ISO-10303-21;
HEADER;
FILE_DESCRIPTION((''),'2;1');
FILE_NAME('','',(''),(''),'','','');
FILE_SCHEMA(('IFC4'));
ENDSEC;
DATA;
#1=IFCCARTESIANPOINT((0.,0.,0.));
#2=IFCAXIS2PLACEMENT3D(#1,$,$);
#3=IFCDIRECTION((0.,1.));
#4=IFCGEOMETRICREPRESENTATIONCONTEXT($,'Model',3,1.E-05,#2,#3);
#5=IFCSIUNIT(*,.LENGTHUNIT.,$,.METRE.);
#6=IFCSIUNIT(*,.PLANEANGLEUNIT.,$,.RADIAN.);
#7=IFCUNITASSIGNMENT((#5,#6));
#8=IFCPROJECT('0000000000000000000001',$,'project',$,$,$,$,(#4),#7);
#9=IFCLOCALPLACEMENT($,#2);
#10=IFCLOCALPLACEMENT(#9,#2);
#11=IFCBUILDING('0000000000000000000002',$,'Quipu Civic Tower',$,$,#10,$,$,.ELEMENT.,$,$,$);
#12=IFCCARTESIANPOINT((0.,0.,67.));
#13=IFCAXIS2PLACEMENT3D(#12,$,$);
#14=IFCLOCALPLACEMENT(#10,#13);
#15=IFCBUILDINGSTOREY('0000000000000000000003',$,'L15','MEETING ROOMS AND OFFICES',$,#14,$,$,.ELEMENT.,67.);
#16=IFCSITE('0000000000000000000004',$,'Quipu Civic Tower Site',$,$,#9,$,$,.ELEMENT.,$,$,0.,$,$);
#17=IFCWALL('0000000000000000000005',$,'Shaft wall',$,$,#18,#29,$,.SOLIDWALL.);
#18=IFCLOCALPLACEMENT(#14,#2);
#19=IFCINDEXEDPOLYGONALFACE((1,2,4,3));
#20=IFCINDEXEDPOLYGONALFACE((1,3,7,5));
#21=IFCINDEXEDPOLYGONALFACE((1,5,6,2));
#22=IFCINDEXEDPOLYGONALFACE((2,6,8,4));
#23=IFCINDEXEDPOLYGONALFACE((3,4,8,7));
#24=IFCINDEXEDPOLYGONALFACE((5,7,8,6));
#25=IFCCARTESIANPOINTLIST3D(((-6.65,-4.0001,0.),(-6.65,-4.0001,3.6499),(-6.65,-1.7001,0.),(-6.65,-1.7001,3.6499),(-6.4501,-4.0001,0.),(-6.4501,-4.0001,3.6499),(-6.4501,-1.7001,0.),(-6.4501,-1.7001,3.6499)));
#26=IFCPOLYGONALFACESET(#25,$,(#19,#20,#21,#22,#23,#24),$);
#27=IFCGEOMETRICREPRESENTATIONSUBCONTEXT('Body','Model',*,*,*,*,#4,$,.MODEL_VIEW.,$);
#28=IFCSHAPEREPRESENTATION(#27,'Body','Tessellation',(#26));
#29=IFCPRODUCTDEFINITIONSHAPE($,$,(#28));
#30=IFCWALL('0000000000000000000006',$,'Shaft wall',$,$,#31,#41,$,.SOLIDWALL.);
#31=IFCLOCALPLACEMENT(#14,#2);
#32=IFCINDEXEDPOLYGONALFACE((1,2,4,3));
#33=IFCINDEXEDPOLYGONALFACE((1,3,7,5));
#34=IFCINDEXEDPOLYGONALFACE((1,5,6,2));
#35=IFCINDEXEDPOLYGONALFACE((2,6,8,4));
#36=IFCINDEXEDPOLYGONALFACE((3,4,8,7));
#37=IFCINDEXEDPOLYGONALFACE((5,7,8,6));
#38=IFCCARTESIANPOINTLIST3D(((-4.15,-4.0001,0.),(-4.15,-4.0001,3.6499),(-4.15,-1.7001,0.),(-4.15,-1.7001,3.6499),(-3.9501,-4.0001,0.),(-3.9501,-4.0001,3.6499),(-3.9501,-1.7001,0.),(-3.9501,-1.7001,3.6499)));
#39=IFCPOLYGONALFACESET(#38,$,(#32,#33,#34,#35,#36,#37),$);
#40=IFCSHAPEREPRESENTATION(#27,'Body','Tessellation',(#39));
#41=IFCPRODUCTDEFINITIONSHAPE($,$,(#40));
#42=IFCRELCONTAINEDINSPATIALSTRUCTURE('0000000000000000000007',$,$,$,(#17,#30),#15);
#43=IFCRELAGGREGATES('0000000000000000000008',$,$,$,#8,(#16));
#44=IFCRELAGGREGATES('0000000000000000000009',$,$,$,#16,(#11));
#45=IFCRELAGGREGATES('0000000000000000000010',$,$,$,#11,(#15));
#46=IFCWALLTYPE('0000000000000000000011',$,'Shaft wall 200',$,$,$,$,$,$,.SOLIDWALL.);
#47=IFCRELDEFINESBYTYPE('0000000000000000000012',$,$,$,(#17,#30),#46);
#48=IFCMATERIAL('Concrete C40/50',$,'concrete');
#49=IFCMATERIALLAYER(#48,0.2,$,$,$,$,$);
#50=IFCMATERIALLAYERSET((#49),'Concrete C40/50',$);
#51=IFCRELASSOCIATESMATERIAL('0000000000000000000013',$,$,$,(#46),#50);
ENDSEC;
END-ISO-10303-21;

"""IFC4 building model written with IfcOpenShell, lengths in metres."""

from ifc_helpers import new_model, si_unit, direction, frame, frame_2d, origin, place, context, subcontext, project, spatial, rectangle, extrude, material, layer, layer_set, type_object, element, save


model = new_model("IFC4")

# Units and contexts
model_context = context("Model", 3, precision=1e-05, world=origin(), true_north=direction((0.0, 1.0)))
body_context = subcontext(model_context, "Body", "Model", "MODEL_VIEW")
ifc_project = project(units=[si_unit("LENGTHUNIT", "METRE"), si_unit("PLANEANGLEUNIT", "RADIAN")], contexts=[model_context])

# Site, building, storey
site_placement = place(None, origin())
site = spatial("IfcSite", under=ifc_project, at=site_placement, Name="Quipu Civic Tower Site", CompositionType="ELEMENT", RefElevation=0.0)
building_placement = place(site_placement, origin())
building = spatial("IfcBuilding", under=site, at=building_placement, Name="Quipu Civic Tower", CompositionType="ELEMENT")
storey_placement = place(building_placement, frame((0.0, 0.0, 67.0)))
storey = spatial("IfcBuildingStorey", under=building, at=storey_placement, Name="L15", Description="MEETING ROOMS AND OFFICES", CompositionType="ELEMENT", Elevation=67.0)

# Walls
ifc_material_1 = material(Name="Concrete C40/50", Category="concrete")
ifc_layer_1 = layer(ifc_material_1, 0.2)
ifc_layer_set_1 = layer_set([ifc_layer_1], Name="Concrete C40/50")
wall_type_1 = type_object("IfcWallType", Name="Shaft wall 200", PredefinedType="SOLIDWALL", material=ifc_layer_set_1)
for number, where, z_axis, x_axis, name in (
    (1, (-6.55, -4.0, 0.0), (0.0, 0.0, 1.0), (0.0, 1.0, 0.0), "Shaft wall"),
    (2, (-4.05, -4.0, 0.0), (0.0, 0.0, 1.0), (0.0, 1.0, 0.0), "Shaft wall"),
):
    element("IfcWall", number, at=place(storey_placement, frame(where, z_axis=z_axis, x_axis=x_axis)), inside=storey, type_object=wall_type_1, Name=name, PredefinedType="SOLIDWALL", context=body_context, shape_type="SweptSolid", body=[
        extrude(rectangle(XDim=2.3, YDim=0.2, at=frame_2d((1.1499, 0.0))), origin(), (0.0, 0.0, 1.0), 3.6499),
    ])

save(model, "model.ifc")
